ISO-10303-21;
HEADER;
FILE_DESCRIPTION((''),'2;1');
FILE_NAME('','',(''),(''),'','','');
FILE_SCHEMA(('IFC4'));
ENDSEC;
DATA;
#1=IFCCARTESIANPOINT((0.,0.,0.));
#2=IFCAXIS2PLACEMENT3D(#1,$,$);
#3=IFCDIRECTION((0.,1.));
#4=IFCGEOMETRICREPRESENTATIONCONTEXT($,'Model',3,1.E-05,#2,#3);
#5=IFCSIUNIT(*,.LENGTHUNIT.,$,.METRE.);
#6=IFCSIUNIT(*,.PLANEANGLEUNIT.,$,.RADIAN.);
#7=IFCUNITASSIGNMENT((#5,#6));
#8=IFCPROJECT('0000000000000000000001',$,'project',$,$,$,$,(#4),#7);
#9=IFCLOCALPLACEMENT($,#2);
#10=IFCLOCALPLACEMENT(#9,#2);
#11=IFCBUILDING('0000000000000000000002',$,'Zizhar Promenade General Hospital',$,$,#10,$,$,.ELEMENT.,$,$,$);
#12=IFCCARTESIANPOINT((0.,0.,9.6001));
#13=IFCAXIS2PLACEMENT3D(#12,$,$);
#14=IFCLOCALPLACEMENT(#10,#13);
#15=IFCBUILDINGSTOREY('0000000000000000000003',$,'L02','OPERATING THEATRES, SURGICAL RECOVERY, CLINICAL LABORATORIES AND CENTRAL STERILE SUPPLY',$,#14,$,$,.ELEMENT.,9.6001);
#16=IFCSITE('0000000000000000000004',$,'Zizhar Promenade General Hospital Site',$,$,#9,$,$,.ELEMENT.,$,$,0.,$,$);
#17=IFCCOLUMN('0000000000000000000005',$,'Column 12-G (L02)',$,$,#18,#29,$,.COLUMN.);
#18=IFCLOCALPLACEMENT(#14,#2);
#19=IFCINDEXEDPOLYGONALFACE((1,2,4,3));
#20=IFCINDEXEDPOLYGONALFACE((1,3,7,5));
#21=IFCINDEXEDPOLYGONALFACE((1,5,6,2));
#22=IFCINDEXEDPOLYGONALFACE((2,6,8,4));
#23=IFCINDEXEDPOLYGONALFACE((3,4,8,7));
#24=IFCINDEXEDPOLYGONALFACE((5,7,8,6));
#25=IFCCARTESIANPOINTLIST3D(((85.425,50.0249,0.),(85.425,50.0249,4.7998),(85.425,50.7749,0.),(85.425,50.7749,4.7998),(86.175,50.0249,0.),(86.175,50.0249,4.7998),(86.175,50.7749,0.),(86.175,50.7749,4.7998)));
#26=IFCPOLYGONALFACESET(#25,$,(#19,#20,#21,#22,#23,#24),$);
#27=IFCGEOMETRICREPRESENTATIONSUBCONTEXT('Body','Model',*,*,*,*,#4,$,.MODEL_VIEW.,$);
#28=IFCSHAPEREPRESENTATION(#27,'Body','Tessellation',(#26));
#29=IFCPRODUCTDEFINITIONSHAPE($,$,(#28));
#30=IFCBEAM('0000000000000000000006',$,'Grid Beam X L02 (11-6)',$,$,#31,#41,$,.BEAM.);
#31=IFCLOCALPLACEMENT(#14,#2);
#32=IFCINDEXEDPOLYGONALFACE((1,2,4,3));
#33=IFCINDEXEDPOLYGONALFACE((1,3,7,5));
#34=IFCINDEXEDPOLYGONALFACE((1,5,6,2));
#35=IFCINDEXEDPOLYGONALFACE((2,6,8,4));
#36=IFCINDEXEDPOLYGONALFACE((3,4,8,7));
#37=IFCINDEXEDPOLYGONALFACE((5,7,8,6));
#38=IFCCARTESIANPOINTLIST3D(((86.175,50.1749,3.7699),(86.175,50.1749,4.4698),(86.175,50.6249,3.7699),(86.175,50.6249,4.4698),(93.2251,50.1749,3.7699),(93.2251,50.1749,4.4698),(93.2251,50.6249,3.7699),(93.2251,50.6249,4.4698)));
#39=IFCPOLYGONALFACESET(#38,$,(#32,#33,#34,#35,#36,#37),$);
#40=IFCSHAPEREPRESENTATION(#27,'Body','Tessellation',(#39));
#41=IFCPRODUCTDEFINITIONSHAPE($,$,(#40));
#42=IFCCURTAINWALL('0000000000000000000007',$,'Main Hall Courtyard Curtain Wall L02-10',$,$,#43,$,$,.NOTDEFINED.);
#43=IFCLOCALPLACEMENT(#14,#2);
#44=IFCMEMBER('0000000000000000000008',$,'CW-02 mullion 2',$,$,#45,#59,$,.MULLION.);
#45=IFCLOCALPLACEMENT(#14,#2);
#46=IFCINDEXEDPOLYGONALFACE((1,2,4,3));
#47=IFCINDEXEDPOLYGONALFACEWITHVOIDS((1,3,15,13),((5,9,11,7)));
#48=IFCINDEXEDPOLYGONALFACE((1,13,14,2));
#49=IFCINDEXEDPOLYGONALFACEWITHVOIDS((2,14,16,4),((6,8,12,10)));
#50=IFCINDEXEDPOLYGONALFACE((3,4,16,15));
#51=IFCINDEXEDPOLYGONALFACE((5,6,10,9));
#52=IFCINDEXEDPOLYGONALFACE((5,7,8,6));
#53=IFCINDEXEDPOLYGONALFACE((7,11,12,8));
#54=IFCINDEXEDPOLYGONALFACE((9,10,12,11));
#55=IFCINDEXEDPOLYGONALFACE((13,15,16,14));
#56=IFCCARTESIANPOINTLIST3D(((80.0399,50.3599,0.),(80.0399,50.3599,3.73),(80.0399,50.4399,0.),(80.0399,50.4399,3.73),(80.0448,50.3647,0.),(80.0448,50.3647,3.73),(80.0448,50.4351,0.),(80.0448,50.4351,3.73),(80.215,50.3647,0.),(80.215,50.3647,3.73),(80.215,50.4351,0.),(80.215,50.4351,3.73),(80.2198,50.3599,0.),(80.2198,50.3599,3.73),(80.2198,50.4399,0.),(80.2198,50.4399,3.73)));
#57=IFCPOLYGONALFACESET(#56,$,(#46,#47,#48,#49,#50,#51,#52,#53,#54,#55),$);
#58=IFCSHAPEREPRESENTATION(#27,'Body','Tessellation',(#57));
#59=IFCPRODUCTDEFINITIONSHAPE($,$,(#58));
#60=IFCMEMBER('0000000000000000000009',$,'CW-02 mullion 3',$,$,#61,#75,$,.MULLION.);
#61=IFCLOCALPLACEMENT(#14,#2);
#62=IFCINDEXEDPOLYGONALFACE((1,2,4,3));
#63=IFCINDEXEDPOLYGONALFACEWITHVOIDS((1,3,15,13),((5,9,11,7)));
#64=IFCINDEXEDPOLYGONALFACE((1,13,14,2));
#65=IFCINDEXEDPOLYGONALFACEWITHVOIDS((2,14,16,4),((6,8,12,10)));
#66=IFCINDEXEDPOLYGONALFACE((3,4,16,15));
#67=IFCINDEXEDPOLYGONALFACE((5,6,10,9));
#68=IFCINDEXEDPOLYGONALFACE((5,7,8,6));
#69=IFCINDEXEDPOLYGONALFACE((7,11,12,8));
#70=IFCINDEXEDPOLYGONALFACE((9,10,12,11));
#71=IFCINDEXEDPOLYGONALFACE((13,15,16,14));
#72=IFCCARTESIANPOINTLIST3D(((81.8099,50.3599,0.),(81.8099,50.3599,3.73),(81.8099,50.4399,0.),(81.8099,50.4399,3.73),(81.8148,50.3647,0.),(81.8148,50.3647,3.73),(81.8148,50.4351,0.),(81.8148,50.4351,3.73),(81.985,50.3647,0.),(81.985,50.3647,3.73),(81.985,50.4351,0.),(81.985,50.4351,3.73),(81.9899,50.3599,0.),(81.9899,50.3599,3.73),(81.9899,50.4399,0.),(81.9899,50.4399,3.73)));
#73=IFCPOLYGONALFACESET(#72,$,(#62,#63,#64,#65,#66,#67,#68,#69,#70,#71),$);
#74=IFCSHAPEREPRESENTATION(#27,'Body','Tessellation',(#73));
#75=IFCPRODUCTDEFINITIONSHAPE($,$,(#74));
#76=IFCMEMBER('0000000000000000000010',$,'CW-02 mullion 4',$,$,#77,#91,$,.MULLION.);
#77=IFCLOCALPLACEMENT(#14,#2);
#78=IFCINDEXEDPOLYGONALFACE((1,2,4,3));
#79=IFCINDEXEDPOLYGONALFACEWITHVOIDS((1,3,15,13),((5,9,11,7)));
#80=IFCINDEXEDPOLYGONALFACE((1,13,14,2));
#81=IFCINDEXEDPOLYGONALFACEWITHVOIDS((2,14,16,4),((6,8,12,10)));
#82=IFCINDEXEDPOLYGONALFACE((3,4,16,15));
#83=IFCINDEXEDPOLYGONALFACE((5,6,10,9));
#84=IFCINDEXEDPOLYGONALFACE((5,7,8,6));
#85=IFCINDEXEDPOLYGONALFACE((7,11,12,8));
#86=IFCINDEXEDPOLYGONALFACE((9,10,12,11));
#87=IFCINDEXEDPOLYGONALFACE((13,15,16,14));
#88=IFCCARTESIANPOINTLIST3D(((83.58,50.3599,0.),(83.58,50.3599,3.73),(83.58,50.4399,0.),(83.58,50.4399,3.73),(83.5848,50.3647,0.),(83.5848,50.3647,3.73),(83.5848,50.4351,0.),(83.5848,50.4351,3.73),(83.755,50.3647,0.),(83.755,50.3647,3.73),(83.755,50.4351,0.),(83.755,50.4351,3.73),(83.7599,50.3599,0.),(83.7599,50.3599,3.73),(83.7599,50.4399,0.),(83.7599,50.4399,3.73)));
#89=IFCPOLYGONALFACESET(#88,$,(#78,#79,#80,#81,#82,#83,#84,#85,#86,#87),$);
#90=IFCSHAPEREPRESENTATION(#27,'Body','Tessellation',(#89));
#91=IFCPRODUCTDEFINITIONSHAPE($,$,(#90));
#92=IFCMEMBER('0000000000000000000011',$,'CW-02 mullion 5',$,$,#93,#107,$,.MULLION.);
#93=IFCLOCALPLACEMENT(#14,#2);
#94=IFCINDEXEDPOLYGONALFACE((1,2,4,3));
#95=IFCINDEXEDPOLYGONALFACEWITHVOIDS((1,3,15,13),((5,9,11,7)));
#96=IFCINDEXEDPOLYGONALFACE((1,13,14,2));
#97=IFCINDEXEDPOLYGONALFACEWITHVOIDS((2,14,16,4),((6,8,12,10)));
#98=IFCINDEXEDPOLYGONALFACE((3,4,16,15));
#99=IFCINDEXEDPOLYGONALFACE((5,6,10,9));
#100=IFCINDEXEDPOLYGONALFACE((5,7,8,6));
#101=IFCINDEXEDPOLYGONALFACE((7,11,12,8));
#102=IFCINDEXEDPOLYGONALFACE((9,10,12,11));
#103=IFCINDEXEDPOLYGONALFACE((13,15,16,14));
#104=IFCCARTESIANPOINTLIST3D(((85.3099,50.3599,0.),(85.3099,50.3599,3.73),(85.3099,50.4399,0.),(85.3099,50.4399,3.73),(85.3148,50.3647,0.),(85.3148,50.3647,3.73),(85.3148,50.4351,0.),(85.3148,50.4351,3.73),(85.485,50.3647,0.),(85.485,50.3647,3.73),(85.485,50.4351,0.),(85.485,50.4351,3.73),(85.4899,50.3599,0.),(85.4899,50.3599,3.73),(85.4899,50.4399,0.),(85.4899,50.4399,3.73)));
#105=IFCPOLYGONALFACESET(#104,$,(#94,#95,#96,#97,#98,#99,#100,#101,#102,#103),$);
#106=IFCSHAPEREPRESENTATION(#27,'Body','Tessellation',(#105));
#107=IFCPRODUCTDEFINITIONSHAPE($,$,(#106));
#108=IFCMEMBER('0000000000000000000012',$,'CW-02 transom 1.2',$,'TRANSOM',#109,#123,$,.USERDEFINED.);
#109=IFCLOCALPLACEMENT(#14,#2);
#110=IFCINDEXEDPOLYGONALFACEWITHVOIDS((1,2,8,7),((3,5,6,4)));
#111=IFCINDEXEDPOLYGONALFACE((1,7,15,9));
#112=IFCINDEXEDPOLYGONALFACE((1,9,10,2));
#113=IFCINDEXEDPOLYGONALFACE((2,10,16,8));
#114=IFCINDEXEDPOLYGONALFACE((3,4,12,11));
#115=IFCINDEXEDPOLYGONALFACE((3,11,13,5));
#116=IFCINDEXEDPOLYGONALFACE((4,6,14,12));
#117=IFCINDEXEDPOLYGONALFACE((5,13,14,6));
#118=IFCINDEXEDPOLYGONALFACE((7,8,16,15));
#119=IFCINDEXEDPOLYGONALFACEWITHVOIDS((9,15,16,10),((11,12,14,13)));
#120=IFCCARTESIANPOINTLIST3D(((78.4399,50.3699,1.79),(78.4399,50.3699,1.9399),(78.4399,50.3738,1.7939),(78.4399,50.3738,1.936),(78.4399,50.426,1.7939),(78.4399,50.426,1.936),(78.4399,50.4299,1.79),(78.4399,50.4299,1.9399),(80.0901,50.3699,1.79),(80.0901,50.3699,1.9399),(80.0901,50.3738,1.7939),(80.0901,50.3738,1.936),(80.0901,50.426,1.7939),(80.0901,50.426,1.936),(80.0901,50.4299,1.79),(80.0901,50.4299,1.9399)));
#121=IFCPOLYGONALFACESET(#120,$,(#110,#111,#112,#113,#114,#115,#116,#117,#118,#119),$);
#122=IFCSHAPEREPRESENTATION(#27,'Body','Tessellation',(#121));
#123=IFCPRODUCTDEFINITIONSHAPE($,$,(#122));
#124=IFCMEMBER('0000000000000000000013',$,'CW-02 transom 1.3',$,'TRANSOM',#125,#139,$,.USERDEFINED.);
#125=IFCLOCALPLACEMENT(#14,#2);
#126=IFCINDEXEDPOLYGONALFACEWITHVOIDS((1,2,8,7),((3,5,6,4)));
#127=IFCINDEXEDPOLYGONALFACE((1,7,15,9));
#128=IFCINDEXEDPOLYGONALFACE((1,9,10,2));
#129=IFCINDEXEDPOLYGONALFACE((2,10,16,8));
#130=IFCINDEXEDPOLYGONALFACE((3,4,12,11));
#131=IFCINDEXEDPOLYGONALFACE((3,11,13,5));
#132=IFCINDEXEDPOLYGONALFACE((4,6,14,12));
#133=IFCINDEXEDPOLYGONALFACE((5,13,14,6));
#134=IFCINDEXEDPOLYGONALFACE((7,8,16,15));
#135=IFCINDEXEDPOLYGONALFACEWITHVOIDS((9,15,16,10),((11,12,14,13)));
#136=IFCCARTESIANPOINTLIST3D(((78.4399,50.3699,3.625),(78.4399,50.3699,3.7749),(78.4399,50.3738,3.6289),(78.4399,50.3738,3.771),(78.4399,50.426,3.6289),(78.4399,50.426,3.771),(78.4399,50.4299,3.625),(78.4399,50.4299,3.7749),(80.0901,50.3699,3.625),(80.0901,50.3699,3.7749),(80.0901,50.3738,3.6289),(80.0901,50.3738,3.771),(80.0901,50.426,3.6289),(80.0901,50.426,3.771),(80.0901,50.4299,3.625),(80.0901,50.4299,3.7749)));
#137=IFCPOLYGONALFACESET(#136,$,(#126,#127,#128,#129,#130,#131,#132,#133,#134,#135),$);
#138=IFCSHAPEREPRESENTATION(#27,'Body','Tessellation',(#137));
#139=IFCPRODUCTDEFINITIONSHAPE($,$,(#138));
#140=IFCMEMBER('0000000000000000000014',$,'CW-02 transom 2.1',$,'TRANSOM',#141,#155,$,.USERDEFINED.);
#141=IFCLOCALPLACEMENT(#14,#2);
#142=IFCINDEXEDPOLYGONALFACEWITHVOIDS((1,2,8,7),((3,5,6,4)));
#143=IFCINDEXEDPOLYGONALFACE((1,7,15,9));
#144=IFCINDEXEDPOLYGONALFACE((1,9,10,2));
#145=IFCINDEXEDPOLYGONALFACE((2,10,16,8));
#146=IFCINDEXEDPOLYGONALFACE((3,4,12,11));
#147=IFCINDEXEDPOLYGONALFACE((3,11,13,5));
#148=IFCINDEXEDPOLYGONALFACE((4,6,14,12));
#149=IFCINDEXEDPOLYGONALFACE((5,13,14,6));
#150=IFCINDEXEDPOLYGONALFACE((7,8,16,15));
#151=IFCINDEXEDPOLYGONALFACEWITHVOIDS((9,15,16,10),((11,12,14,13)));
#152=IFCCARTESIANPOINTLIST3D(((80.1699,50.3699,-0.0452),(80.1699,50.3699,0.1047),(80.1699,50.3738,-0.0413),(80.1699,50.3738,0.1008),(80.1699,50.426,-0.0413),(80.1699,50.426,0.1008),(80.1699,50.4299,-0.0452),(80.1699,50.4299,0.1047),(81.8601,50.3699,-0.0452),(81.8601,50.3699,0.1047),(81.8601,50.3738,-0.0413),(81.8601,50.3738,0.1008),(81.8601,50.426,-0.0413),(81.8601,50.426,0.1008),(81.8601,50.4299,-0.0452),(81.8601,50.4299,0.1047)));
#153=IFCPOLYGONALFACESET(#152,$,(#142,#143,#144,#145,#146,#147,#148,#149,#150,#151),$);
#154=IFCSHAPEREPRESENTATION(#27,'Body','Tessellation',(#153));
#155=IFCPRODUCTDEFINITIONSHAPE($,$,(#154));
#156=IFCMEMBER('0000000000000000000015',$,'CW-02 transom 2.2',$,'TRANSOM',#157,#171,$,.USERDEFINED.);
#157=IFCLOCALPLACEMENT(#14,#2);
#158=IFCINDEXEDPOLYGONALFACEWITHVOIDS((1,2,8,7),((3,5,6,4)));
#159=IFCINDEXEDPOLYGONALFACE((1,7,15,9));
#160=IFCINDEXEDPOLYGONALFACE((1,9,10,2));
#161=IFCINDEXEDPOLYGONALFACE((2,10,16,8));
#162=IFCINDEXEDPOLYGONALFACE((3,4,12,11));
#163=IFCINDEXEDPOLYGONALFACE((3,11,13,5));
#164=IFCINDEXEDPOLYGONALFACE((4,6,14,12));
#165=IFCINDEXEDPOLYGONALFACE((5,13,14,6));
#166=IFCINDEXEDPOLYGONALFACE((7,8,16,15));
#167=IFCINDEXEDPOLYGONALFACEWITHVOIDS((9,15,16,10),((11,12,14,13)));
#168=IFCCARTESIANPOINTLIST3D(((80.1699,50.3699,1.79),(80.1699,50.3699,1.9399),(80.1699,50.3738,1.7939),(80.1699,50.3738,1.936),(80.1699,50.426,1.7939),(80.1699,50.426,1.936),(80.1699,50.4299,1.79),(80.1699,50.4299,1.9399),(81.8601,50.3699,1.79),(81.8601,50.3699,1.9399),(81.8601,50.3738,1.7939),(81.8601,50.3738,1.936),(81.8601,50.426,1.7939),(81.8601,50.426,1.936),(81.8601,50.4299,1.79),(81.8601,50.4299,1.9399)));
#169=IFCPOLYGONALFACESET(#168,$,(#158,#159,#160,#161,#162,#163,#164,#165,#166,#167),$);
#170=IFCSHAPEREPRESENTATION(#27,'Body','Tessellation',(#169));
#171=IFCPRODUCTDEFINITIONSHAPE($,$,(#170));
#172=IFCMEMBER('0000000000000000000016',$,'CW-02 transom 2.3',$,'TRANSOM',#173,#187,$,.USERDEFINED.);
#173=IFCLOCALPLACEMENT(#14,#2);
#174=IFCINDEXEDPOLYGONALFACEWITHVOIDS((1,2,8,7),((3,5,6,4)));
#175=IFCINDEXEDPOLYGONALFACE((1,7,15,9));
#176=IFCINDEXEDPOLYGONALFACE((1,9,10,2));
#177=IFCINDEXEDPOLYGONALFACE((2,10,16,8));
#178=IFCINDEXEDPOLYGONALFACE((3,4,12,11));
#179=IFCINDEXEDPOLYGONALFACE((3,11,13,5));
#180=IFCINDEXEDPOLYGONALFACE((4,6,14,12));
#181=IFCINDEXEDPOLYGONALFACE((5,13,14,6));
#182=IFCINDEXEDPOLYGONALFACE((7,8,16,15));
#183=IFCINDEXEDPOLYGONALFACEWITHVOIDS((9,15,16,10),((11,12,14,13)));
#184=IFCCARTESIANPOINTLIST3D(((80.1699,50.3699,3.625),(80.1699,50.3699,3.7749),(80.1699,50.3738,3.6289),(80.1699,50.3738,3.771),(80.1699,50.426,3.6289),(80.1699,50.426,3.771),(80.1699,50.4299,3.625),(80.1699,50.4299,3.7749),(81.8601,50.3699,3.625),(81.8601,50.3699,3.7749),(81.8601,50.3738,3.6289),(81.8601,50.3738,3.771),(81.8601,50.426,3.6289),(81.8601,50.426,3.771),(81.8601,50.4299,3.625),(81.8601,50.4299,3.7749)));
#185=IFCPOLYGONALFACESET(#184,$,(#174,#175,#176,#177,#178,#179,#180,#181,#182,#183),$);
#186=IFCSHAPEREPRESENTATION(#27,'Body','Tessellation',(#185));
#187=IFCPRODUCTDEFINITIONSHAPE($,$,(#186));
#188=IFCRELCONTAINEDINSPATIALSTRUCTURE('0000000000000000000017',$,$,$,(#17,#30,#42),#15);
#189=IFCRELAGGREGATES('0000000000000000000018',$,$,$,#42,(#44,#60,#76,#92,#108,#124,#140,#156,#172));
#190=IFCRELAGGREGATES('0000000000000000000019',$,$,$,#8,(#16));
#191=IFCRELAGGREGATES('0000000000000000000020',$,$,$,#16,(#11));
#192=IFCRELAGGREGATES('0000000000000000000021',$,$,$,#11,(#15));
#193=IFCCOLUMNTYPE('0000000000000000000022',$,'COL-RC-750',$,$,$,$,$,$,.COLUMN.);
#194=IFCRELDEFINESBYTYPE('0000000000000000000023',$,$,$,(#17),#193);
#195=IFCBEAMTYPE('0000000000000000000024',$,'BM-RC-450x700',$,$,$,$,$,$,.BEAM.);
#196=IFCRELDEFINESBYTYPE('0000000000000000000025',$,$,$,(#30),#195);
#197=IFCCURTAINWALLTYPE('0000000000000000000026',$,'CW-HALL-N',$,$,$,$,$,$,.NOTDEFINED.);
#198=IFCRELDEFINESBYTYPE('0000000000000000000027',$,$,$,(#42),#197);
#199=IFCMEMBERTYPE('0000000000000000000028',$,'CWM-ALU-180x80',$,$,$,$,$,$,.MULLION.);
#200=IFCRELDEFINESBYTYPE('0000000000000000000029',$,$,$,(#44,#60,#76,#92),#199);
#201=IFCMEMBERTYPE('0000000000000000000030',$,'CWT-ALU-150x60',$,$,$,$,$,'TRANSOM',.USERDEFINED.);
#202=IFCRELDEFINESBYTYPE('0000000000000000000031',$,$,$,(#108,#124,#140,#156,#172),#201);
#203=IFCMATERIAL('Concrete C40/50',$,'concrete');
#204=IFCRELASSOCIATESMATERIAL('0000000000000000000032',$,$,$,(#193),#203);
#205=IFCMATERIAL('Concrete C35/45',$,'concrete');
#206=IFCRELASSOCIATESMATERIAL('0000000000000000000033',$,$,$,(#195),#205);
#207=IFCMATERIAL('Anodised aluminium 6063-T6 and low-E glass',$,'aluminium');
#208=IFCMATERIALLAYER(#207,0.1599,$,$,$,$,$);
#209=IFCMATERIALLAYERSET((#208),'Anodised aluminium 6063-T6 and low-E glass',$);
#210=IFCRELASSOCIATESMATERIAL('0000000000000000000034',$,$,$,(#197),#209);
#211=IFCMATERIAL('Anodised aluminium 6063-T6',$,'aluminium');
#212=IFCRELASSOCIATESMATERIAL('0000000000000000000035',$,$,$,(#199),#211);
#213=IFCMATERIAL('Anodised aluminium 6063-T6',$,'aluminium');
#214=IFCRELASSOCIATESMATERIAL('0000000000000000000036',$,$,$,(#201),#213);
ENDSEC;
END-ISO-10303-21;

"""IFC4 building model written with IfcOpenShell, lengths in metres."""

from ifc_helpers import new_model, si_unit, direction, frame, origin, origin_2d, place, context, subcontext, project, spatial, rectangle, hollow_rectangle, extrude, material, layer, layer_set, material_profile, profile_set, type_object, element, aggregate, save


model = new_model("IFC4")

# Units and contexts
model_context = context("Model", 3, precision=1e-05, world=origin(), true_north=direction((0.0, 1.0)))
body_context = subcontext(model_context, "Body", "Model", "MODEL_VIEW")
ifc_project = project(units=[si_unit("LENGTHUNIT", "METRE"), si_unit("PLANEANGLEUNIT", "RADIAN")], contexts=[model_context])

# Site, building, storey
site_placement = place(None, origin())
site = spatial("IfcSite", under=ifc_project, at=site_placement, Name="Zizhar Promenade General Hospital Site", CompositionType="ELEMENT", RefElevation=0.0)
building_placement = place(site_placement, origin())
building = spatial("IfcBuilding", under=site, at=building_placement, Name="Zizhar Promenade General Hospital", CompositionType="ELEMENT")
storey_placement = place(building_placement, frame((0.0, 0.0, 9.6001)))
storey = spatial("IfcBuildingStorey", under=building, at=storey_placement, Name="L02", Description="OPERATING THEATRES, SURGICAL RECOVERY, CLINICAL LABORATORIES AND CENTRAL STERILE SUPPLY", CompositionType="ELEMENT", Elevation=9.6001)

# Column
ifc_material_1 = material(Name="Concrete C40/50", Category="concrete")
ifc_material_profile_1 = material_profile(ifc_material_1, rectangle(XDim=0.75, YDim=0.75, at=origin_2d()))
ifc_profile_set_1 = profile_set([ifc_material_profile_1], Name="Concrete C40/50")
column_type = type_object("IfcColumnType", Name="COL-RC-750", PredefinedType="COLUMN", material=ifc_profile_set_1)
column_placement = place(storey_placement, frame((85.8, 50.3999, 0.0), z_axis=(0.0, 0.0, 1.0), x_axis=(1.0, 0.0, 0.0)))
element("IfcColumn", 1, at=column_placement, inside=storey, type_object=column_type, Name="Column 12-G (L02)", PredefinedType="COLUMN", context=body_context, shape_type="SweptSolid", body=[
    extrude(rectangle(XDim=0.75, YDim=0.75, at=origin_2d()), origin(), (0.0, 0.0, 1.0), 4.7998),
])

# Beam
ifc_material_2 = material(Name="Concrete C35/45", Category="concrete")
ifc_material_profile_2 = material_profile(ifc_material_2, rectangle(XDim=0.45, YDim=0.7, at=origin_2d()))
ifc_profile_set_2 = profile_set([ifc_material_profile_2], Name="Concrete C35/45")
beam_type = type_object("IfcBeamType", Name="BM-RC-450x700", PredefinedType="BEAM", material=ifc_profile_set_2)
beam_placement = place(storey_placement, frame((86.175, 50.3999, 4.1199), z_axis=(1.0, 0.0, 0.0), x_axis=(0.0, 1.0, 0.0)))
element("IfcBeam", 2, at=beam_placement, inside=storey, type_object=beam_type, Name="Grid Beam X L02 (11-6)", PredefinedType="BEAM", context=body_context, shape_type="SweptSolid", body=[
    extrude(rectangle(XDim=0.45, YDim=0.7, at=origin_2d()), origin(), (0.0, 0.0, 1.0), 7.05),
])

# Curtain wall, members
ifc_material_3 = material(Name="Anodised aluminium 6063-T6 and low-E glass", Category="aluminium")
ifc_layer_1 = layer(ifc_material_3, 0.1599)
ifc_layer_set_1 = layer_set([ifc_layer_1], Name="Anodised aluminium 6063-T6 and low-E glass")
curtain_wall_type = type_object("IfcCurtainWallType", Name="CW-HALL-N", PredefinedType="NOTDEFINED", material=ifc_layer_set_1)
curtain_wall_placement = place(storey_placement, origin())
curtain_wall = element("IfcCurtainWall", 3, at=curtain_wall_placement, inside=storey, type_object=curtain_wall_type, Name="Main Hall Courtyard Curtain Wall L02-10", PredefinedType="NOTDEFINED")
ifc_material_4 = material(Name="Anodised aluminium 6063-T6", Category="aluminium")
ifc_material_profile_3 = material_profile(ifc_material_4, hollow_rectangle(XDim=0.0801, YDim=0.1799, WallThickness=0.0049, at=origin_2d()))
ifc_profile_set_3 = profile_set([ifc_material_profile_3], Name="Anodised aluminium 6063-T6")
member_type_1 = type_object("IfcMemberType", Name="CWM-ALU-180x80", PredefinedType="MULLION", material=ifc_profile_set_3)
member_1_placement = place(storey_placement, frame((80.1299, 50.3999, 0.0), z_axis=(0.0, 0.0, 1.0), x_axis=(0.0, 1.0, 0.0)))
member_1 = element("IfcMember", 4, at=member_1_placement, type_object=member_type_1, Name="CW-02 mullion 2", PredefinedType="MULLION", context=body_context, shape_type="SweptSolid", body=[
    extrude(hollow_rectangle(XDim=0.0801, YDim=0.1799, WallThickness=0.0049, at=origin_2d()), origin(), (0.0, 0.0, 1.0), 3.73),
])
member_2_placement = place(storey_placement, frame((81.8999, 50.3999, 0.0), z_axis=(0.0, 0.0, 1.0), x_axis=(0.0, 1.0, 0.0)))
member_2 = element("IfcMember", 5, at=member_2_placement, type_object=member_type_1, Name="CW-02 mullion 3", PredefinedType="MULLION", context=body_context, shape_type="SweptSolid", body=[
    extrude(hollow_rectangle(XDim=0.0801, YDim=0.1799, WallThickness=0.0049, at=origin_2d()), origin(), (0.0, 0.0, 1.0), 3.73),
])
member_3_placement = place(storey_placement, frame((83.6699, 50.3999, 0.0), z_axis=(0.0, 0.0, 1.0), x_axis=(0.0, 1.0, 0.0)))
member_3 = element("IfcMember", 6, at=member_3_placement, type_object=member_type_1, Name="CW-02 mullion 4", PredefinedType="MULLION", context=body_context, shape_type="SweptSolid", body=[
    extrude(hollow_rectangle(XDim=0.0801, YDim=0.1799, WallThickness=0.0049, at=origin_2d()), origin(), (0.0, 0.0, 1.0), 3.73),
])
member_4_placement = place(storey_placement, frame((85.3999, 50.3999, 0.0), z_axis=(0.0, 0.0, 1.0), x_axis=(0.0, 1.0, 0.0)))
member_4 = element("IfcMember", 7, at=member_4_placement, type_object=member_type_1, Name="CW-02 mullion 5", PredefinedType="MULLION", context=body_context, shape_type="SweptSolid", body=[
    extrude(hollow_rectangle(XDim=0.0801, YDim=0.1799, WallThickness=0.0049, at=origin_2d()), origin(), (0.0, 0.0, 1.0), 3.73),
])
ifc_material_5 = material(Name="Anodised aluminium 6063-T6", Category="aluminium")
ifc_material_profile_4 = material_profile(ifc_material_5, hollow_rectangle(XDim=0.0601, YDim=0.1499, WallThickness=0.0039, at=origin_2d()))
ifc_profile_set_4 = profile_set([ifc_material_profile_4], Name="Anodised aluminium 6063-T6")
member_type_2 = type_object("IfcMemberType", Name="CWT-ALU-150x60", ElementType="TRANSOM", PredefinedType="USERDEFINED", material=ifc_profile_set_4)
member_5_placement = place(storey_placement, frame((78.4399, 50.3999, 1.865), z_axis=(1.0, 0.0, 0.0), x_axis=(0.0, 1.0, 0.0)))
member_5 = element("IfcMember", 8, at=member_5_placement, type_object=member_type_2, Name="CW-02 transom 1.2", ObjectType="TRANSOM", PredefinedType="USERDEFINED", context=body_context, shape_type="SweptSolid", body=[
    extrude(hollow_rectangle(XDim=0.0601, YDim=0.1499, WallThickness=0.0039, at=origin_2d()), origin(), (0.0, 0.0, 1.0), 1.6501),
])
member_6_placement = place(storey_placement, frame((78.4399, 50.3999, 3.7), z_axis=(1.0, 0.0, 0.0), x_axis=(0.0, 1.0, 0.0)))
member_6 = element("IfcMember", 9, at=member_6_placement, type_object=member_type_2, Name="CW-02 transom 1.3", ObjectType="TRANSOM", PredefinedType="USERDEFINED", context=body_context, shape_type="SweptSolid", body=[
    extrude(hollow_rectangle(XDim=0.0601, YDim=0.1499, WallThickness=0.0039, at=origin_2d()), origin(), (0.0, 0.0, 1.0), 1.6501),
])
member_7_placement = place(storey_placement, frame((80.1699, 50.3999, 0.0298), z_axis=(1.0, 0.0, 0.0), x_axis=(0.0, 1.0, 0.0)))
member_7 = element("IfcMember", 10, at=member_7_placement, type_object=member_type_2, Name="CW-02 transom 2.1", ObjectType="TRANSOM", PredefinedType="USERDEFINED", context=body_context, shape_type="SweptSolid", body=[
    extrude(hollow_rectangle(XDim=0.0601, YDim=0.1499, WallThickness=0.0039, at=origin_2d()), origin(), (0.0, 0.0, 1.0), 1.6902),
])
member_8_placement = place(storey_placement, frame((80.1699, 50.3999, 1.865), z_axis=(1.0, 0.0, 0.0), x_axis=(0.0, 1.0, 0.0)))
member_8 = element("IfcMember", 11, at=member_8_placement, type_object=member_type_2, Name="CW-02 transom 2.2", ObjectType="TRANSOM", PredefinedType="USERDEFINED", context=body_context, shape_type="SweptSolid", body=[
    extrude(hollow_rectangle(XDim=0.0601, YDim=0.1499, WallThickness=0.0039, at=origin_2d()), origin(), (0.0, 0.0, 1.0), 1.6902),
])
member_9_placement = place(storey_placement, frame((80.1699, 50.3999, 3.7), z_axis=(1.0, 0.0, 0.0), x_axis=(0.0, 1.0, 0.0)))
member_9 = element("IfcMember", 12, at=member_9_placement, type_object=member_type_2, Name="CW-02 transom 2.3", ObjectType="TRANSOM", PredefinedType="USERDEFINED", context=body_context, shape_type="SweptSolid", body=[
    extrude(hollow_rectangle(XDim=0.0601, YDim=0.1499, WallThickness=0.0039, at=origin_2d()), origin(), (0.0, 0.0, 1.0), 1.6902),
])
aggregate(curtain_wall, [member_1, member_2, member_3, member_4, member_5, member_6, member_7, member_8, member_9])

save(model, "model.ifc")
